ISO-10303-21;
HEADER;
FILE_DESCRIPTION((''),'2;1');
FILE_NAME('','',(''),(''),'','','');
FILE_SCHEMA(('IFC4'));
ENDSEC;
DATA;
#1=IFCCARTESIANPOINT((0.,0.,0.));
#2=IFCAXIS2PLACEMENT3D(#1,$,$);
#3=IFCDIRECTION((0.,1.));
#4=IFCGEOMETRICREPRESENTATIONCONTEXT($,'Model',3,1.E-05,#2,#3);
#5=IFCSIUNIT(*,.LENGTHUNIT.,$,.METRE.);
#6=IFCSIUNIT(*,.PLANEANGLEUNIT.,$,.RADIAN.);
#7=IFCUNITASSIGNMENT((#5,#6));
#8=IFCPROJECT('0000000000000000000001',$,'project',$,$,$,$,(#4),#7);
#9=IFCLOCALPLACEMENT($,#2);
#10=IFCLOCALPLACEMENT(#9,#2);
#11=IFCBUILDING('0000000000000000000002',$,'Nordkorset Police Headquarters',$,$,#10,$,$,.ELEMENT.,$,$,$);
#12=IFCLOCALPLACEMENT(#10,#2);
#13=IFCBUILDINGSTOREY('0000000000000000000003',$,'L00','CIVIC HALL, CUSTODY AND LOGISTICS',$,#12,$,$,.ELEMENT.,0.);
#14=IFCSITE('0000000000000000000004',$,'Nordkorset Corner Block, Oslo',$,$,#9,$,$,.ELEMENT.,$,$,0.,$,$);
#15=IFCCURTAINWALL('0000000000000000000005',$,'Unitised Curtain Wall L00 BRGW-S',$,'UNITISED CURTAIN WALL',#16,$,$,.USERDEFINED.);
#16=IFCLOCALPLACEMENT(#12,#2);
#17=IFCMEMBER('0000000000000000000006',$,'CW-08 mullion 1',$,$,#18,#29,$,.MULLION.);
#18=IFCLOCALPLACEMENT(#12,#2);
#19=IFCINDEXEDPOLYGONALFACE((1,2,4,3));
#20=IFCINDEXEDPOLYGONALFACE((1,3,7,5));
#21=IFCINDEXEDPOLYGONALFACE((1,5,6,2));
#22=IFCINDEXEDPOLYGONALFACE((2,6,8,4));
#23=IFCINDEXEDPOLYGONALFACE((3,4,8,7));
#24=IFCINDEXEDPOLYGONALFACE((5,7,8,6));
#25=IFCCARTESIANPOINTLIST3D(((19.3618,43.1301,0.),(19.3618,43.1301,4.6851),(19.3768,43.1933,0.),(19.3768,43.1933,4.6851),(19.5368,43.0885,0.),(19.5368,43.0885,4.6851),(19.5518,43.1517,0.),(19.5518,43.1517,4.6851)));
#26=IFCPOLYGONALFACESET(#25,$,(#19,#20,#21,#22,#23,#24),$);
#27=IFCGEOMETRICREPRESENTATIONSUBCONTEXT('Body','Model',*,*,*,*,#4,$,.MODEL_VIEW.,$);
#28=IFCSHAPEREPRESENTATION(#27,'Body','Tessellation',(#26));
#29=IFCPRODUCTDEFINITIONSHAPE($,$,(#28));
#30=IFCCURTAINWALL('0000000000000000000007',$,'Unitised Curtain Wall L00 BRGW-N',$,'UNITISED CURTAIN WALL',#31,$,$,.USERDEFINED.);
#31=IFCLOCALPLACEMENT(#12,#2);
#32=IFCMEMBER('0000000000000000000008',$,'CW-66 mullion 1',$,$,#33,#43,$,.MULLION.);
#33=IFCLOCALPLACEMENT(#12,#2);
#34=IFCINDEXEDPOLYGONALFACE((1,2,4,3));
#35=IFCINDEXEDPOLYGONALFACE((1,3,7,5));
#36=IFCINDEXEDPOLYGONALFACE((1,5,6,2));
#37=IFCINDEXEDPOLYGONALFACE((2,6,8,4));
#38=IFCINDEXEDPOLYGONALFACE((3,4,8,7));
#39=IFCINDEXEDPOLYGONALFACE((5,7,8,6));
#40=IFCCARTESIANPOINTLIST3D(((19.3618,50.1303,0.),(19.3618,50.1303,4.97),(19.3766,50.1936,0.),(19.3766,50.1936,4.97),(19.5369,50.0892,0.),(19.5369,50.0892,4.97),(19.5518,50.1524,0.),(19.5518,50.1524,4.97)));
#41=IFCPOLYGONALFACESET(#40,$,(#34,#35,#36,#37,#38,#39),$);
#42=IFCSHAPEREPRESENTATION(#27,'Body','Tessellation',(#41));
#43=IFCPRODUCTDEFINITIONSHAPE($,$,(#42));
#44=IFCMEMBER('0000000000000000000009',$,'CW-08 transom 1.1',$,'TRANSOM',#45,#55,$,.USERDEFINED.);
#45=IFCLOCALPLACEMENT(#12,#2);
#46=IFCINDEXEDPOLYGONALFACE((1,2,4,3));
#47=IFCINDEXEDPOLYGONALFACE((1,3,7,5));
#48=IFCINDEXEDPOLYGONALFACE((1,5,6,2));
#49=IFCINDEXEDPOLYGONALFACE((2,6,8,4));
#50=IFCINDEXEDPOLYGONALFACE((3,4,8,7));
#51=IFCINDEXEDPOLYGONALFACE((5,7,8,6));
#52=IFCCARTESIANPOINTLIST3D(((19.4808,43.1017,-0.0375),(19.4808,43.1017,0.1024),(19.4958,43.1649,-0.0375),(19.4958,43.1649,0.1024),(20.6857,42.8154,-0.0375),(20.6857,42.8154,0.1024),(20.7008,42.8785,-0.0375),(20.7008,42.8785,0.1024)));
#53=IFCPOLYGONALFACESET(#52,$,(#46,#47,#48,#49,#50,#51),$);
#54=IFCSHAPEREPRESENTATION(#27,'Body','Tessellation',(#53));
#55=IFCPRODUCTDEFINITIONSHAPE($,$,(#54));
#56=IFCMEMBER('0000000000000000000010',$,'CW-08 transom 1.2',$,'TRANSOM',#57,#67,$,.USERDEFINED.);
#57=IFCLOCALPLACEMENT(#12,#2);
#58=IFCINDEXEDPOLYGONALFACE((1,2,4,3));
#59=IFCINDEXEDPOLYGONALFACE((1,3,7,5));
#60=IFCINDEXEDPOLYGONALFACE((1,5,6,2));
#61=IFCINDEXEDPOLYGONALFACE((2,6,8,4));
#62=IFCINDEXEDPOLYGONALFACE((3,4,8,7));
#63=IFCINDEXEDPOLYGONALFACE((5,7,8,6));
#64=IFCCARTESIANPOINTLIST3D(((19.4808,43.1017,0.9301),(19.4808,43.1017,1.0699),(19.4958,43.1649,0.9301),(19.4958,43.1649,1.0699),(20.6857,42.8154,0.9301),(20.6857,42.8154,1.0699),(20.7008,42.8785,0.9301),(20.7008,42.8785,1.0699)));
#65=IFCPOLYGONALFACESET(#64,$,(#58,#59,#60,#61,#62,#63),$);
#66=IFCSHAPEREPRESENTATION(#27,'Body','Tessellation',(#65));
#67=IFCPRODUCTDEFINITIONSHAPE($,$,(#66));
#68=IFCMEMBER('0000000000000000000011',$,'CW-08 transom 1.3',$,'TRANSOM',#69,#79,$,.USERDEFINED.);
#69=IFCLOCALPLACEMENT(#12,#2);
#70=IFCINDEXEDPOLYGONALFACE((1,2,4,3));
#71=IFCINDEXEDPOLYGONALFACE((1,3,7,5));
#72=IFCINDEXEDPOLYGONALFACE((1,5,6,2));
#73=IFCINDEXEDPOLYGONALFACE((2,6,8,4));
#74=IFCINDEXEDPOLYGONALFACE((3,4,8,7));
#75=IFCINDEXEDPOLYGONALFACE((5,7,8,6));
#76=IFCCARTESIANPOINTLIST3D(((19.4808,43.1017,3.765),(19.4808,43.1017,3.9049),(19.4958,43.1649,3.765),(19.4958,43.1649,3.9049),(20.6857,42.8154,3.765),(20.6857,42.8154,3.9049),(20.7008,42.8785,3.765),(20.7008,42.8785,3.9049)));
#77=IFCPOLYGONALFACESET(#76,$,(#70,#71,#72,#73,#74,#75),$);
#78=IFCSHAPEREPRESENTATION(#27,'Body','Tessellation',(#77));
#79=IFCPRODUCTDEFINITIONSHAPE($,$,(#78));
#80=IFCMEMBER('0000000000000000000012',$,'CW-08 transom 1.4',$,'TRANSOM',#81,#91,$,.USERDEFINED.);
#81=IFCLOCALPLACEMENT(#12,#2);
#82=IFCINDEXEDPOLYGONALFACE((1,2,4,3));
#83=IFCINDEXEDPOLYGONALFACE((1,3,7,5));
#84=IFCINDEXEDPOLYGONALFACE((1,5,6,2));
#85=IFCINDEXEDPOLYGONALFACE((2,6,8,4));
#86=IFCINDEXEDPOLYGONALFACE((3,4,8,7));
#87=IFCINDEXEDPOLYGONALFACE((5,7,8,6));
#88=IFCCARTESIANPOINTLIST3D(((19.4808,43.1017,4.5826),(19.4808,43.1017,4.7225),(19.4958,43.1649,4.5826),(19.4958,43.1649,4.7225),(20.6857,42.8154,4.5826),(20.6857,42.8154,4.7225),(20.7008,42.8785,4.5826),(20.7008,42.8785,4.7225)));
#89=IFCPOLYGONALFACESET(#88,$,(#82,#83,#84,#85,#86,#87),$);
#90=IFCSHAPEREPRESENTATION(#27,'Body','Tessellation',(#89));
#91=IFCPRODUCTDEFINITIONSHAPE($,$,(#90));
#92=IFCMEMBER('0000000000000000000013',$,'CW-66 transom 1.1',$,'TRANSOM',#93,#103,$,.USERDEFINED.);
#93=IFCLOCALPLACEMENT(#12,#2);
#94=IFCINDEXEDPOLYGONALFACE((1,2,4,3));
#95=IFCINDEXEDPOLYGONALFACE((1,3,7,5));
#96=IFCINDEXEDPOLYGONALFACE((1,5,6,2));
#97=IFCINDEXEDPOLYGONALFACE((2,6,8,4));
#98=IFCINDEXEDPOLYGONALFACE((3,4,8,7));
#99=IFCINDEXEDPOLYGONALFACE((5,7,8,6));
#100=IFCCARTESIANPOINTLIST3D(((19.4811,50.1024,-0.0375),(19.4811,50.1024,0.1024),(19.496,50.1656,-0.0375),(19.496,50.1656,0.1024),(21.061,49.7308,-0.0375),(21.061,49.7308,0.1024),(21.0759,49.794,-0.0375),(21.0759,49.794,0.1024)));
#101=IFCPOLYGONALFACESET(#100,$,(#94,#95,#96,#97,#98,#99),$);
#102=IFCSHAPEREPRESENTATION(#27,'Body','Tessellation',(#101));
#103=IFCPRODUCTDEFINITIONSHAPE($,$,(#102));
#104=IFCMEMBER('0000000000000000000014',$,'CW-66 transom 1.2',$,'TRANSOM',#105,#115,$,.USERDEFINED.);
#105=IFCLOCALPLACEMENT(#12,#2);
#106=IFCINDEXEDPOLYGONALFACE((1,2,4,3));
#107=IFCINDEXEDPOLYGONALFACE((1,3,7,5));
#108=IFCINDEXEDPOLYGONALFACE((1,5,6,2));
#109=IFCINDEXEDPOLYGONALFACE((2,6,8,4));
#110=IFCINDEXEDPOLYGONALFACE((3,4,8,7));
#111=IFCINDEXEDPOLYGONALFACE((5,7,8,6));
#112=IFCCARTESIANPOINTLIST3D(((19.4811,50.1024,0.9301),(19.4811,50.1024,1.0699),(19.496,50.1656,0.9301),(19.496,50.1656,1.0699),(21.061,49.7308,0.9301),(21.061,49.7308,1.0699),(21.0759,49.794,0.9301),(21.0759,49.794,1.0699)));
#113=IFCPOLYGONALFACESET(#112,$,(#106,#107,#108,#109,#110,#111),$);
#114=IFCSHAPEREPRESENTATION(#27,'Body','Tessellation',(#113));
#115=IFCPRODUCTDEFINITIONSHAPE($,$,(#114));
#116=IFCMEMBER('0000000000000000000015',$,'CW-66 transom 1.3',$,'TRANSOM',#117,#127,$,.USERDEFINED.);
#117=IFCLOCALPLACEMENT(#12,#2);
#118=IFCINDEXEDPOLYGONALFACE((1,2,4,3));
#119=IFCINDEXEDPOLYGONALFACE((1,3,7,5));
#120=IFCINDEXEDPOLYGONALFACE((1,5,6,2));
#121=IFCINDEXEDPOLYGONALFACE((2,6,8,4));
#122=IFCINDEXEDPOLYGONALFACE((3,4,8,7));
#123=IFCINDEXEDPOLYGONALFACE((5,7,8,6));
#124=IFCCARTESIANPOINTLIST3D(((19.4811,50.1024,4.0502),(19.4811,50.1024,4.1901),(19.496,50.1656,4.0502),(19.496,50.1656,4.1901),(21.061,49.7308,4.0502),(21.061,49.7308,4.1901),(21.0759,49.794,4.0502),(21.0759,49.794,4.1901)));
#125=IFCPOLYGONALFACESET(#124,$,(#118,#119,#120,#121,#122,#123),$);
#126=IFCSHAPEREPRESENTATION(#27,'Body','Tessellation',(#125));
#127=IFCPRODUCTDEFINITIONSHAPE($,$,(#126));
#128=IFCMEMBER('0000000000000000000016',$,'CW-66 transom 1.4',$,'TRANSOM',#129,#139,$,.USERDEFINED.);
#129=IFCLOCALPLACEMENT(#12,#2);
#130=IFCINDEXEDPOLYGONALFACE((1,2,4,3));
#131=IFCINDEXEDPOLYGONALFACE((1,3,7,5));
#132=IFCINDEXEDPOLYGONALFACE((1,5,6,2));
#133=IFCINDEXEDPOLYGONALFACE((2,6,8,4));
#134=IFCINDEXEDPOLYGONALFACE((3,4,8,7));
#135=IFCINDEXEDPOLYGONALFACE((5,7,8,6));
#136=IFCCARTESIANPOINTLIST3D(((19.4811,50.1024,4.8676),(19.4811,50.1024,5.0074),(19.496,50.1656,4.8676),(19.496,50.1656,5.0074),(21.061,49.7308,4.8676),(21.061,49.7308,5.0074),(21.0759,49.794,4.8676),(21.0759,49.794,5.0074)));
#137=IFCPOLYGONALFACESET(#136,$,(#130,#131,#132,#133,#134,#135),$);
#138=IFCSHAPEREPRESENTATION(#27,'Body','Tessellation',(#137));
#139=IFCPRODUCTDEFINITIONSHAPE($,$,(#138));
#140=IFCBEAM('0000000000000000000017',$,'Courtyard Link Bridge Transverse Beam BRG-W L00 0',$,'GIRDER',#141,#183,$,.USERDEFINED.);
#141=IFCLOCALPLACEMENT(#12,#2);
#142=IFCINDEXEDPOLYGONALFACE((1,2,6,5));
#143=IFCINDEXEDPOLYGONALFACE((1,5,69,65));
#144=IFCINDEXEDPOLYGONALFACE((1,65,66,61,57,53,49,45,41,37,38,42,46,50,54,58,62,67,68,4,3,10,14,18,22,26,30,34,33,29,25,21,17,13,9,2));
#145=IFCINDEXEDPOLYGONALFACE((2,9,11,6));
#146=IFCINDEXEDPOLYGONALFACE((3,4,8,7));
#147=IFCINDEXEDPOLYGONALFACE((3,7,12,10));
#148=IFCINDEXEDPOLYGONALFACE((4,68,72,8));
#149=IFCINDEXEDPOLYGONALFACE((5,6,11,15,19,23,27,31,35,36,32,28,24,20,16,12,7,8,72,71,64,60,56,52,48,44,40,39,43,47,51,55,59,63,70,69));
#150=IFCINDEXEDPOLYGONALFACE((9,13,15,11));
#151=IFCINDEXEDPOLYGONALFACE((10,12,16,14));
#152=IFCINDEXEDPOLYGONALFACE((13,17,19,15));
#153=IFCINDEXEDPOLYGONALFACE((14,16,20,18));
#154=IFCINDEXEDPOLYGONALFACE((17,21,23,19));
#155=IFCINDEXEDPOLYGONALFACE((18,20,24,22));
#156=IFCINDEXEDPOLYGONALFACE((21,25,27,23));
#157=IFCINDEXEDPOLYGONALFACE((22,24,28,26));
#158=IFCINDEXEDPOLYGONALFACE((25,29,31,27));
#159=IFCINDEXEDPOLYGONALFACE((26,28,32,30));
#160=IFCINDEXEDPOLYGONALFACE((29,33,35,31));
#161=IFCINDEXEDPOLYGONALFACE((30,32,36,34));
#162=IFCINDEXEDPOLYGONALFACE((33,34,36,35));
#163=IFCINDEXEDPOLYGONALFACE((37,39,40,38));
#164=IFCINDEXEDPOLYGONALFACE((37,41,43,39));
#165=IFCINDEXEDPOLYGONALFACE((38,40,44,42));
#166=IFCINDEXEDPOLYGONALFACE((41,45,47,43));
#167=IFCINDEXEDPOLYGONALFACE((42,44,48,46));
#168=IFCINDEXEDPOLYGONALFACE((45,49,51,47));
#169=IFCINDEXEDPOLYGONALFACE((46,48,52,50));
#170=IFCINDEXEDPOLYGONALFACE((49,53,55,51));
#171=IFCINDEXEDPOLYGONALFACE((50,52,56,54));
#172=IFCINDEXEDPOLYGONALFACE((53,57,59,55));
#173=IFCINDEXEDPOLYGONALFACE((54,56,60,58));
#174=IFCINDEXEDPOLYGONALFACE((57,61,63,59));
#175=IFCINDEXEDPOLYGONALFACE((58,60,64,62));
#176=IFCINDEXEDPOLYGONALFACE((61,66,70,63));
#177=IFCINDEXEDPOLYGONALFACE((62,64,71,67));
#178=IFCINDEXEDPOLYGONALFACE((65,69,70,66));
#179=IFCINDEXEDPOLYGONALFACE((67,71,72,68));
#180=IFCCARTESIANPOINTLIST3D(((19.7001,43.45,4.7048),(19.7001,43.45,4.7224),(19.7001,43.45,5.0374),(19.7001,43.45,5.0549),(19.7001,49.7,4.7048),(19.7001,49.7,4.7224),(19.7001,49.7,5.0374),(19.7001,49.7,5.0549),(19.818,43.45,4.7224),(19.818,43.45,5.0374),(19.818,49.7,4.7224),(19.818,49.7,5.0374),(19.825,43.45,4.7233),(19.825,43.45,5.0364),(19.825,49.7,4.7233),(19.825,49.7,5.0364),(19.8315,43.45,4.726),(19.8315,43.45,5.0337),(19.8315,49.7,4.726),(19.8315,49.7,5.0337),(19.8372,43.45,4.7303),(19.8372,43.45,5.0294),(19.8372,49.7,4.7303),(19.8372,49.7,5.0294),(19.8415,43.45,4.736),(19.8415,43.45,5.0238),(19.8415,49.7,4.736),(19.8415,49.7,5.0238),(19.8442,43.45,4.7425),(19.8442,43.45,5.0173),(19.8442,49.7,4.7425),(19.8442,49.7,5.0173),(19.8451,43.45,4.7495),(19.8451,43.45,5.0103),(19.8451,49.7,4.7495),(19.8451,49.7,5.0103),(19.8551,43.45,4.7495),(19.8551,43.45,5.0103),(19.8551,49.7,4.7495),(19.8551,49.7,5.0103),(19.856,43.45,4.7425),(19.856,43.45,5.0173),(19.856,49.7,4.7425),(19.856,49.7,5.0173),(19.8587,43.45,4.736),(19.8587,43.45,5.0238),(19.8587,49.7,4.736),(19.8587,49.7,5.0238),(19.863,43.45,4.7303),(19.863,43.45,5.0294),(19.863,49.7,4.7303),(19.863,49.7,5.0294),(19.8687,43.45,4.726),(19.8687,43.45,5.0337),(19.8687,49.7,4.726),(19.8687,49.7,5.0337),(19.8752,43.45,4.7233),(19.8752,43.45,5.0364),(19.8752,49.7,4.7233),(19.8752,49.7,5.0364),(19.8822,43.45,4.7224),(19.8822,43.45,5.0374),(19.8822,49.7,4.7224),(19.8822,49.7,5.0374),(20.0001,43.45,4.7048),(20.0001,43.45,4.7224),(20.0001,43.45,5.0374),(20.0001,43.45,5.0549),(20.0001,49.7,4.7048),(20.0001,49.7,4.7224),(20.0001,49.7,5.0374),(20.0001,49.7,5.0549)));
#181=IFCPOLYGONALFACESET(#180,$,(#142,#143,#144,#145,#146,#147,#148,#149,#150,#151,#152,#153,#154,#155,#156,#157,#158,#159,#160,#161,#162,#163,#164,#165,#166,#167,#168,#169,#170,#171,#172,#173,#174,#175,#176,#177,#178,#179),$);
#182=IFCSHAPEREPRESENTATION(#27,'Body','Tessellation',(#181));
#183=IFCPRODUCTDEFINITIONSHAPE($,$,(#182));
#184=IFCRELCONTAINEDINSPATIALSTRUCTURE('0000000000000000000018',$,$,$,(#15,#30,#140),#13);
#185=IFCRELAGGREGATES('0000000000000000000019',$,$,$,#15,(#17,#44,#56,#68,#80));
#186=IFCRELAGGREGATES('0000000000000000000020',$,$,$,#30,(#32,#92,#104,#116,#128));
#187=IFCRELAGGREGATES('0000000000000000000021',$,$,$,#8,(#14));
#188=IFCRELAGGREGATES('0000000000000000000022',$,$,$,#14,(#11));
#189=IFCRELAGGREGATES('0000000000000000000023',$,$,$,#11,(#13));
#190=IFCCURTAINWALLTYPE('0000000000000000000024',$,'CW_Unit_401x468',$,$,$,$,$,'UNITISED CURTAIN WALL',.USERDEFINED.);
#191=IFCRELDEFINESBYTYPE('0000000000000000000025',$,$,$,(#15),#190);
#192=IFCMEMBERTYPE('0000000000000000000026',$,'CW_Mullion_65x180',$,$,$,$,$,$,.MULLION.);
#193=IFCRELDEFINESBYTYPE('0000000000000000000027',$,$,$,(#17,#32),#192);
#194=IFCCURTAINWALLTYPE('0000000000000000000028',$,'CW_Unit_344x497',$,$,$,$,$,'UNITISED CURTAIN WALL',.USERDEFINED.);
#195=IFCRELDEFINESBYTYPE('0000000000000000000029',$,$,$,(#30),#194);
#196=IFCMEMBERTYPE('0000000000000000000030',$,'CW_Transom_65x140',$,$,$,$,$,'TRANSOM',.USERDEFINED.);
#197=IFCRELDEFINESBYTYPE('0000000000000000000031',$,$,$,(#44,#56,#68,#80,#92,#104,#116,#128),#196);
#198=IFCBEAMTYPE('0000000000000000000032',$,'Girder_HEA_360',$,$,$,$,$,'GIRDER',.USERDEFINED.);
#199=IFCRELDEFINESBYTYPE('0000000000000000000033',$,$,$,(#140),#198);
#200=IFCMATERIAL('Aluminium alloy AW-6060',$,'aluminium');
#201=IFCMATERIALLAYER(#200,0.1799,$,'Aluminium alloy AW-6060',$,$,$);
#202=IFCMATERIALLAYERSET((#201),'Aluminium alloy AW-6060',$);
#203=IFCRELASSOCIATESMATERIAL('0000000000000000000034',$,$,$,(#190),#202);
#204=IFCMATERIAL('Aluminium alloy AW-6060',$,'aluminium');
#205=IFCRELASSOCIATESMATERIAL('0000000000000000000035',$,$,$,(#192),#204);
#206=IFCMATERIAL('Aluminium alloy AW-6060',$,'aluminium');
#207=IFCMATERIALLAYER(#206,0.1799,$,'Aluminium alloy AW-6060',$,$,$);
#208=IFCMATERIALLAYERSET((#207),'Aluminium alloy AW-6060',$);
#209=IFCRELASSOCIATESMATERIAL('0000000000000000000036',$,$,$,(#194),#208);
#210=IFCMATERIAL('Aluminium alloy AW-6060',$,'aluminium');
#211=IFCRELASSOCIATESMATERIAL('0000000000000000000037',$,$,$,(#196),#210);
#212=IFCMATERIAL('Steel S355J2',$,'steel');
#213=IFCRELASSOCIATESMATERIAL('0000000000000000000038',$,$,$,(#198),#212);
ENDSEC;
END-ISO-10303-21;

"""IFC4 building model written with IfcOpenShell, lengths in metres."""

from ifc_helpers import new_model, si_unit, direction, frame, origin, origin_2d, place, context, subcontext, project, spatial, rectangle, i_section, extrude, material, layer, layer_set, material_profile, profile_set, type_object, element, aggregate, save


model = new_model("IFC4")

# Units and contexts
model_context = context("Model", 3, precision=1e-05, world=origin(), true_north=direction((0.0, 1.0)))
body_context = subcontext(model_context, "Body", "Model", "MODEL_VIEW")
ifc_project = project(units=[si_unit("LENGTHUNIT", "METRE"), si_unit("PLANEANGLEUNIT", "RADIAN")], contexts=[model_context])

# Site, building, storey
site_placement = place(None, origin())
site = spatial("IfcSite", under=ifc_project, at=site_placement, Name="Nordkorset Corner Block, Oslo", CompositionType="ELEMENT", RefElevation=0.0)
building_placement = place(site_placement, origin())
building = spatial("IfcBuilding", under=site, at=building_placement, Name="Nordkorset Police Headquarters", CompositionType="ELEMENT")
storey_placement = place(building_placement, origin())
storey = spatial("IfcBuildingStorey", under=building, at=storey_placement, Name="L00", Description="CIVIC HALL, CUSTODY AND LOGISTICS", CompositionType="ELEMENT", Elevation=0.0)

# Curtain walls, members
ifc_material_1 = material(Name="Aluminium alloy AW-6060", Category="aluminium")
ifc_layer_1 = layer(ifc_material_1, 0.1799, Name="Aluminium alloy AW-6060")
ifc_layer_set_1 = layer_set([ifc_layer_1], Name="Aluminium alloy AW-6060")
curtain_wall_type_1 = type_object("IfcCurtainWallType", Name="CW_Unit_401x468", ElementType="UNITISED CURTAIN WALL", PredefinedType="USERDEFINED", material=ifc_layer_set_1)
curtain_wall_1_placement = place(storey_placement, origin())
curtain_wall_1 = element("IfcCurtainWall", 1, at=curtain_wall_1_placement, inside=storey, type_object=curtain_wall_type_1, Name="Unitised Curtain Wall L00 BRGW-S", ObjectType="UNITISED CURTAIN WALL", PredefinedType="USERDEFINED")
ifc_material_2 = material(Name="Aluminium alloy AW-6060", Category="aluminium")
ifc_material_profile_1 = material_profile(ifc_material_2, rectangle(XDim=0.0649, YDim=0.1799, at=origin_2d()), Name="ALU MULL 65x180")
ifc_profile_set_1 = profile_set([ifc_material_profile_1], Name="Aluminium alloy AW-6060")
member_type_1 = type_object("IfcMemberType", Name="CW_Mullion_65x180", PredefinedType="MULLION", material=ifc_profile_set_1)
member_1_placement = place(storey_placement, frame((19.4568, 43.1409, 0.0), z_axis=(0.0, 0.0, 1.0), x_axis=(0.231206, 0.972905, 0.0)))
member_1 = element("IfcMember", 2, at=member_1_placement, type_object=member_type_1, Name="CW-08 mullion 1", PredefinedType="MULLION", context=body_context, shape_type="SweptSolid", body=[
    extrude(rectangle(XDim=0.0649, YDim=0.1799, at=origin_2d()), origin(), (0.0, 0.0, 1.0), 4.6851),
])
ifc_material_3 = material(Name="Aluminium alloy AW-6060", Category="aluminium")
ifc_layer_2 = layer(ifc_material_3, 0.1799, Name="Aluminium alloy AW-6060")
ifc_layer_set_2 = layer_set([ifc_layer_2], Name="Aluminium alloy AW-6060")
curtain_wall_type_2 = type_object("IfcCurtainWallType", Name="CW_Unit_344x497", ElementType="UNITISED CURTAIN WALL", PredefinedType="USERDEFINED", material=ifc_layer_set_2)
curtain_wall_2_placement = place(storey_placement, origin())
curtain_wall_2 = element("IfcCurtainWall", 3, at=curtain_wall_2_placement, inside=storey, type_object=curtain_wall_type_2, Name="Unitised Curtain Wall L00 BRGW-N", ObjectType="UNITISED CURTAIN WALL", PredefinedType="USERDEFINED")
member_2_placement = place(storey_placement, frame((19.4568, 50.1414, 0.0), z_axis=(0.0, 0.0, 1.0), x_axis=(0.228893, 0.973452, 0.0)))
member_2 = element("IfcMember", 4, at=member_2_placement, type_object=member_type_1, Name="CW-66 mullion 1", PredefinedType="MULLION", context=body_context, shape_type="SweptSolid", body=[
    extrude(rectangle(XDim=0.0649, YDim=0.1799, at=origin_2d()), origin(), (0.0, 0.0, 1.0), 4.97),
])

# Members
ifc_material_4 = material(Name="Aluminium alloy AW-6060", Category="aluminium")
ifc_material_profile_2 = material_profile(ifc_material_4, rectangle(XDim=0.0649, YDim=0.1399, at=origin_2d()), Name="ALU TRAN 65x140")
ifc_profile_set_2 = profile_set([ifc_material_profile_2], Name="Aluminium alloy AW-6060")
member_type_2 = type_object("IfcMemberType", Name="CW_Transom_65x140", ElementType="TRANSOM", PredefinedType="USERDEFINED", material=ifc_profile_set_2)
member_3_placement = place(storey_placement, frame((19.4883, 43.1333, 0.0325), z_axis=(0.972906, -0.231203, 0.0), x_axis=(0.231203, 0.972906, 0.0)))
member_3 = element("IfcMember", 5, at=member_3_placement, type_object=member_type_2, Name="CW-08 transom 1.1", ObjectType="TRANSOM", PredefinedType="USERDEFINED", context=body_context, shape_type="SweptSolid", body=[
    extrude(rectangle(XDim=0.0649, YDim=0.1399, at=origin_2d()), origin(), (0.0, 0.0, 1.0), 1.2385),
])
member_4_placement = place(storey_placement, frame((19.4883, 43.1333, 1.0), z_axis=(0.972906, -0.231203, 0.0), x_axis=(0.231203, 0.972906, 0.0)))
member_4 = element("IfcMember", 6, at=member_4_placement, type_object=member_type_2, Name="CW-08 transom 1.2", ObjectType="TRANSOM", PredefinedType="USERDEFINED", context=body_context, shape_type="SweptSolid", body=[
    extrude(rectangle(XDim=0.0649, YDim=0.1399, at=origin_2d()), origin(), (0.0, 0.0, 1.0), 1.2385),
])
member_5_placement = place(storey_placement, frame((19.4883, 43.1333, 3.835), z_axis=(0.972906, -0.231203, 0.0), x_axis=(0.231203, 0.972906, 0.0)))
member_5 = element("IfcMember", 7, at=member_5_placement, type_object=member_type_2, Name="CW-08 transom 1.3", ObjectType="TRANSOM", PredefinedType="USERDEFINED", context=body_context, shape_type="SweptSolid", body=[
    extrude(rectangle(XDim=0.0649, YDim=0.1399, at=origin_2d()), origin(), (0.0, 0.0, 1.0), 1.2385),
])
member_6_placement = place(storey_placement, frame((19.4883, 43.1333, 4.6526), z_axis=(0.972906, -0.231203, 0.0), x_axis=(0.231203, 0.972906, 0.0)))
member_6 = element("IfcMember", 8, at=member_6_placement, type_object=member_type_2, Name="CW-08 transom 1.4", ObjectType="TRANSOM", PredefinedType="USERDEFINED", context=body_context, shape_type="SweptSolid", body=[
    extrude(rectangle(XDim=0.0649, YDim=0.1399, at=origin_2d()), origin(), (0.0, 0.0, 1.0), 1.2385),
])
aggregate(curtain_wall_1, [member_1, member_3, member_4, member_5, member_6])
member_7_placement = place(storey_placement, frame((19.4885, 50.134, 0.0325), z_axis=(0.973437, -0.228955, 0.0), x_axis=(0.228955, 0.973437, 0.0)))
member_7 = element("IfcMember", 9, at=member_7_placement, type_object=member_type_2, Name="CW-66 transom 1.1", ObjectType="TRANSOM", PredefinedType="USERDEFINED", context=body_context, shape_type="SweptSolid", body=[
    extrude(rectangle(XDim=0.0649, YDim=0.1399, at=origin_2d()), origin(), (0.0, 0.0, 1.0), 1.623),
])
member_8_placement = place(storey_placement, frame((19.4885, 50.134, 1.0), z_axis=(0.973437, -0.228955, 0.0), x_axis=(0.228955, 0.973437, 0.0)))
member_8 = element("IfcMember", 10, at=member_8_placement, type_object=member_type_2, Name="CW-66 transom 1.2", ObjectType="TRANSOM", PredefinedType="USERDEFINED", context=body_context, shape_type="SweptSolid", body=[
    extrude(rectangle(XDim=0.0649, YDim=0.1399, at=origin_2d()), origin(), (0.0, 0.0, 1.0), 1.623),
])
member_9_placement = place(storey_placement, frame((19.4885, 50.134, 4.1201), z_axis=(0.973437, -0.228955, 0.0), x_axis=(0.228955, 0.973437, 0.0)))
member_9 = element("IfcMember", 11, at=member_9_placement, type_object=member_type_2, Name="CW-66 transom 1.3", ObjectType="TRANSOM", PredefinedType="USERDEFINED", context=body_context, shape_type="SweptSolid", body=[
    extrude(rectangle(XDim=0.0649, YDim=0.1399, at=origin_2d()), origin(), (0.0, 0.0, 1.0), 1.623),
])
member_10_placement = place(storey_placement, frame((19.4885, 50.134, 4.9375), z_axis=(0.973437, -0.228955, 0.0), x_axis=(0.228955, 0.973437, 0.0)))
member_10 = element("IfcMember", 12, at=member_10_placement, type_object=member_type_2, Name="CW-66 transom 1.4", ObjectType="TRANSOM", PredefinedType="USERDEFINED", context=body_context, shape_type="SweptSolid", body=[
    extrude(rectangle(XDim=0.0649, YDim=0.1399, at=origin_2d()), origin(), (0.0, 0.0, 1.0), 1.623),
])
aggregate(curtain_wall_2, [member_2, member_7, member_8, member_9, member_10])

# Beam
ifc_material_5 = material(Name="Steel S355J2", Category="steel")
ifc_material_profile_3 = material_profile(ifc_material_5, i_section(OverallWidth=0.3, OverallDepth=0.3501, WebThickness=0.01, FlangeThickness=0.0176, FilletRadius=0.0271, at=origin_2d()), Name="HEA 360")
ifc_profile_set_3 = profile_set([ifc_material_profile_3], Name="Steel S355J2")
beam_type_1 = type_object("IfcBeamType", Name="Girder_HEA_360", ElementType="GIRDER", PredefinedType="USERDEFINED", material=ifc_profile_set_3)
beam_1_placement = place(storey_placement, frame((19.8501, 43.45, 4.8799), z_axis=(0.0, 1.0, 0.0), x_axis=(-1.0, 0.0, 0.0)))
element("IfcBeam", 13, at=beam_1_placement, inside=storey, type_object=beam_type_1, Name="Courtyard Link Bridge Transverse Beam BRG-W L00 0", ObjectType="GIRDER", PredefinedType="USERDEFINED", context=body_context, shape_type="SweptSolid", body=[
    extrude(i_section(OverallWidth=0.3, OverallDepth=0.3501, WebThickness=0.01, FlangeThickness=0.0176, FilletRadius=0.0271, at=origin_2d()), origin(), (0.0, 0.0, 1.0), 6.25),
])

save(model, "model.ifc")
